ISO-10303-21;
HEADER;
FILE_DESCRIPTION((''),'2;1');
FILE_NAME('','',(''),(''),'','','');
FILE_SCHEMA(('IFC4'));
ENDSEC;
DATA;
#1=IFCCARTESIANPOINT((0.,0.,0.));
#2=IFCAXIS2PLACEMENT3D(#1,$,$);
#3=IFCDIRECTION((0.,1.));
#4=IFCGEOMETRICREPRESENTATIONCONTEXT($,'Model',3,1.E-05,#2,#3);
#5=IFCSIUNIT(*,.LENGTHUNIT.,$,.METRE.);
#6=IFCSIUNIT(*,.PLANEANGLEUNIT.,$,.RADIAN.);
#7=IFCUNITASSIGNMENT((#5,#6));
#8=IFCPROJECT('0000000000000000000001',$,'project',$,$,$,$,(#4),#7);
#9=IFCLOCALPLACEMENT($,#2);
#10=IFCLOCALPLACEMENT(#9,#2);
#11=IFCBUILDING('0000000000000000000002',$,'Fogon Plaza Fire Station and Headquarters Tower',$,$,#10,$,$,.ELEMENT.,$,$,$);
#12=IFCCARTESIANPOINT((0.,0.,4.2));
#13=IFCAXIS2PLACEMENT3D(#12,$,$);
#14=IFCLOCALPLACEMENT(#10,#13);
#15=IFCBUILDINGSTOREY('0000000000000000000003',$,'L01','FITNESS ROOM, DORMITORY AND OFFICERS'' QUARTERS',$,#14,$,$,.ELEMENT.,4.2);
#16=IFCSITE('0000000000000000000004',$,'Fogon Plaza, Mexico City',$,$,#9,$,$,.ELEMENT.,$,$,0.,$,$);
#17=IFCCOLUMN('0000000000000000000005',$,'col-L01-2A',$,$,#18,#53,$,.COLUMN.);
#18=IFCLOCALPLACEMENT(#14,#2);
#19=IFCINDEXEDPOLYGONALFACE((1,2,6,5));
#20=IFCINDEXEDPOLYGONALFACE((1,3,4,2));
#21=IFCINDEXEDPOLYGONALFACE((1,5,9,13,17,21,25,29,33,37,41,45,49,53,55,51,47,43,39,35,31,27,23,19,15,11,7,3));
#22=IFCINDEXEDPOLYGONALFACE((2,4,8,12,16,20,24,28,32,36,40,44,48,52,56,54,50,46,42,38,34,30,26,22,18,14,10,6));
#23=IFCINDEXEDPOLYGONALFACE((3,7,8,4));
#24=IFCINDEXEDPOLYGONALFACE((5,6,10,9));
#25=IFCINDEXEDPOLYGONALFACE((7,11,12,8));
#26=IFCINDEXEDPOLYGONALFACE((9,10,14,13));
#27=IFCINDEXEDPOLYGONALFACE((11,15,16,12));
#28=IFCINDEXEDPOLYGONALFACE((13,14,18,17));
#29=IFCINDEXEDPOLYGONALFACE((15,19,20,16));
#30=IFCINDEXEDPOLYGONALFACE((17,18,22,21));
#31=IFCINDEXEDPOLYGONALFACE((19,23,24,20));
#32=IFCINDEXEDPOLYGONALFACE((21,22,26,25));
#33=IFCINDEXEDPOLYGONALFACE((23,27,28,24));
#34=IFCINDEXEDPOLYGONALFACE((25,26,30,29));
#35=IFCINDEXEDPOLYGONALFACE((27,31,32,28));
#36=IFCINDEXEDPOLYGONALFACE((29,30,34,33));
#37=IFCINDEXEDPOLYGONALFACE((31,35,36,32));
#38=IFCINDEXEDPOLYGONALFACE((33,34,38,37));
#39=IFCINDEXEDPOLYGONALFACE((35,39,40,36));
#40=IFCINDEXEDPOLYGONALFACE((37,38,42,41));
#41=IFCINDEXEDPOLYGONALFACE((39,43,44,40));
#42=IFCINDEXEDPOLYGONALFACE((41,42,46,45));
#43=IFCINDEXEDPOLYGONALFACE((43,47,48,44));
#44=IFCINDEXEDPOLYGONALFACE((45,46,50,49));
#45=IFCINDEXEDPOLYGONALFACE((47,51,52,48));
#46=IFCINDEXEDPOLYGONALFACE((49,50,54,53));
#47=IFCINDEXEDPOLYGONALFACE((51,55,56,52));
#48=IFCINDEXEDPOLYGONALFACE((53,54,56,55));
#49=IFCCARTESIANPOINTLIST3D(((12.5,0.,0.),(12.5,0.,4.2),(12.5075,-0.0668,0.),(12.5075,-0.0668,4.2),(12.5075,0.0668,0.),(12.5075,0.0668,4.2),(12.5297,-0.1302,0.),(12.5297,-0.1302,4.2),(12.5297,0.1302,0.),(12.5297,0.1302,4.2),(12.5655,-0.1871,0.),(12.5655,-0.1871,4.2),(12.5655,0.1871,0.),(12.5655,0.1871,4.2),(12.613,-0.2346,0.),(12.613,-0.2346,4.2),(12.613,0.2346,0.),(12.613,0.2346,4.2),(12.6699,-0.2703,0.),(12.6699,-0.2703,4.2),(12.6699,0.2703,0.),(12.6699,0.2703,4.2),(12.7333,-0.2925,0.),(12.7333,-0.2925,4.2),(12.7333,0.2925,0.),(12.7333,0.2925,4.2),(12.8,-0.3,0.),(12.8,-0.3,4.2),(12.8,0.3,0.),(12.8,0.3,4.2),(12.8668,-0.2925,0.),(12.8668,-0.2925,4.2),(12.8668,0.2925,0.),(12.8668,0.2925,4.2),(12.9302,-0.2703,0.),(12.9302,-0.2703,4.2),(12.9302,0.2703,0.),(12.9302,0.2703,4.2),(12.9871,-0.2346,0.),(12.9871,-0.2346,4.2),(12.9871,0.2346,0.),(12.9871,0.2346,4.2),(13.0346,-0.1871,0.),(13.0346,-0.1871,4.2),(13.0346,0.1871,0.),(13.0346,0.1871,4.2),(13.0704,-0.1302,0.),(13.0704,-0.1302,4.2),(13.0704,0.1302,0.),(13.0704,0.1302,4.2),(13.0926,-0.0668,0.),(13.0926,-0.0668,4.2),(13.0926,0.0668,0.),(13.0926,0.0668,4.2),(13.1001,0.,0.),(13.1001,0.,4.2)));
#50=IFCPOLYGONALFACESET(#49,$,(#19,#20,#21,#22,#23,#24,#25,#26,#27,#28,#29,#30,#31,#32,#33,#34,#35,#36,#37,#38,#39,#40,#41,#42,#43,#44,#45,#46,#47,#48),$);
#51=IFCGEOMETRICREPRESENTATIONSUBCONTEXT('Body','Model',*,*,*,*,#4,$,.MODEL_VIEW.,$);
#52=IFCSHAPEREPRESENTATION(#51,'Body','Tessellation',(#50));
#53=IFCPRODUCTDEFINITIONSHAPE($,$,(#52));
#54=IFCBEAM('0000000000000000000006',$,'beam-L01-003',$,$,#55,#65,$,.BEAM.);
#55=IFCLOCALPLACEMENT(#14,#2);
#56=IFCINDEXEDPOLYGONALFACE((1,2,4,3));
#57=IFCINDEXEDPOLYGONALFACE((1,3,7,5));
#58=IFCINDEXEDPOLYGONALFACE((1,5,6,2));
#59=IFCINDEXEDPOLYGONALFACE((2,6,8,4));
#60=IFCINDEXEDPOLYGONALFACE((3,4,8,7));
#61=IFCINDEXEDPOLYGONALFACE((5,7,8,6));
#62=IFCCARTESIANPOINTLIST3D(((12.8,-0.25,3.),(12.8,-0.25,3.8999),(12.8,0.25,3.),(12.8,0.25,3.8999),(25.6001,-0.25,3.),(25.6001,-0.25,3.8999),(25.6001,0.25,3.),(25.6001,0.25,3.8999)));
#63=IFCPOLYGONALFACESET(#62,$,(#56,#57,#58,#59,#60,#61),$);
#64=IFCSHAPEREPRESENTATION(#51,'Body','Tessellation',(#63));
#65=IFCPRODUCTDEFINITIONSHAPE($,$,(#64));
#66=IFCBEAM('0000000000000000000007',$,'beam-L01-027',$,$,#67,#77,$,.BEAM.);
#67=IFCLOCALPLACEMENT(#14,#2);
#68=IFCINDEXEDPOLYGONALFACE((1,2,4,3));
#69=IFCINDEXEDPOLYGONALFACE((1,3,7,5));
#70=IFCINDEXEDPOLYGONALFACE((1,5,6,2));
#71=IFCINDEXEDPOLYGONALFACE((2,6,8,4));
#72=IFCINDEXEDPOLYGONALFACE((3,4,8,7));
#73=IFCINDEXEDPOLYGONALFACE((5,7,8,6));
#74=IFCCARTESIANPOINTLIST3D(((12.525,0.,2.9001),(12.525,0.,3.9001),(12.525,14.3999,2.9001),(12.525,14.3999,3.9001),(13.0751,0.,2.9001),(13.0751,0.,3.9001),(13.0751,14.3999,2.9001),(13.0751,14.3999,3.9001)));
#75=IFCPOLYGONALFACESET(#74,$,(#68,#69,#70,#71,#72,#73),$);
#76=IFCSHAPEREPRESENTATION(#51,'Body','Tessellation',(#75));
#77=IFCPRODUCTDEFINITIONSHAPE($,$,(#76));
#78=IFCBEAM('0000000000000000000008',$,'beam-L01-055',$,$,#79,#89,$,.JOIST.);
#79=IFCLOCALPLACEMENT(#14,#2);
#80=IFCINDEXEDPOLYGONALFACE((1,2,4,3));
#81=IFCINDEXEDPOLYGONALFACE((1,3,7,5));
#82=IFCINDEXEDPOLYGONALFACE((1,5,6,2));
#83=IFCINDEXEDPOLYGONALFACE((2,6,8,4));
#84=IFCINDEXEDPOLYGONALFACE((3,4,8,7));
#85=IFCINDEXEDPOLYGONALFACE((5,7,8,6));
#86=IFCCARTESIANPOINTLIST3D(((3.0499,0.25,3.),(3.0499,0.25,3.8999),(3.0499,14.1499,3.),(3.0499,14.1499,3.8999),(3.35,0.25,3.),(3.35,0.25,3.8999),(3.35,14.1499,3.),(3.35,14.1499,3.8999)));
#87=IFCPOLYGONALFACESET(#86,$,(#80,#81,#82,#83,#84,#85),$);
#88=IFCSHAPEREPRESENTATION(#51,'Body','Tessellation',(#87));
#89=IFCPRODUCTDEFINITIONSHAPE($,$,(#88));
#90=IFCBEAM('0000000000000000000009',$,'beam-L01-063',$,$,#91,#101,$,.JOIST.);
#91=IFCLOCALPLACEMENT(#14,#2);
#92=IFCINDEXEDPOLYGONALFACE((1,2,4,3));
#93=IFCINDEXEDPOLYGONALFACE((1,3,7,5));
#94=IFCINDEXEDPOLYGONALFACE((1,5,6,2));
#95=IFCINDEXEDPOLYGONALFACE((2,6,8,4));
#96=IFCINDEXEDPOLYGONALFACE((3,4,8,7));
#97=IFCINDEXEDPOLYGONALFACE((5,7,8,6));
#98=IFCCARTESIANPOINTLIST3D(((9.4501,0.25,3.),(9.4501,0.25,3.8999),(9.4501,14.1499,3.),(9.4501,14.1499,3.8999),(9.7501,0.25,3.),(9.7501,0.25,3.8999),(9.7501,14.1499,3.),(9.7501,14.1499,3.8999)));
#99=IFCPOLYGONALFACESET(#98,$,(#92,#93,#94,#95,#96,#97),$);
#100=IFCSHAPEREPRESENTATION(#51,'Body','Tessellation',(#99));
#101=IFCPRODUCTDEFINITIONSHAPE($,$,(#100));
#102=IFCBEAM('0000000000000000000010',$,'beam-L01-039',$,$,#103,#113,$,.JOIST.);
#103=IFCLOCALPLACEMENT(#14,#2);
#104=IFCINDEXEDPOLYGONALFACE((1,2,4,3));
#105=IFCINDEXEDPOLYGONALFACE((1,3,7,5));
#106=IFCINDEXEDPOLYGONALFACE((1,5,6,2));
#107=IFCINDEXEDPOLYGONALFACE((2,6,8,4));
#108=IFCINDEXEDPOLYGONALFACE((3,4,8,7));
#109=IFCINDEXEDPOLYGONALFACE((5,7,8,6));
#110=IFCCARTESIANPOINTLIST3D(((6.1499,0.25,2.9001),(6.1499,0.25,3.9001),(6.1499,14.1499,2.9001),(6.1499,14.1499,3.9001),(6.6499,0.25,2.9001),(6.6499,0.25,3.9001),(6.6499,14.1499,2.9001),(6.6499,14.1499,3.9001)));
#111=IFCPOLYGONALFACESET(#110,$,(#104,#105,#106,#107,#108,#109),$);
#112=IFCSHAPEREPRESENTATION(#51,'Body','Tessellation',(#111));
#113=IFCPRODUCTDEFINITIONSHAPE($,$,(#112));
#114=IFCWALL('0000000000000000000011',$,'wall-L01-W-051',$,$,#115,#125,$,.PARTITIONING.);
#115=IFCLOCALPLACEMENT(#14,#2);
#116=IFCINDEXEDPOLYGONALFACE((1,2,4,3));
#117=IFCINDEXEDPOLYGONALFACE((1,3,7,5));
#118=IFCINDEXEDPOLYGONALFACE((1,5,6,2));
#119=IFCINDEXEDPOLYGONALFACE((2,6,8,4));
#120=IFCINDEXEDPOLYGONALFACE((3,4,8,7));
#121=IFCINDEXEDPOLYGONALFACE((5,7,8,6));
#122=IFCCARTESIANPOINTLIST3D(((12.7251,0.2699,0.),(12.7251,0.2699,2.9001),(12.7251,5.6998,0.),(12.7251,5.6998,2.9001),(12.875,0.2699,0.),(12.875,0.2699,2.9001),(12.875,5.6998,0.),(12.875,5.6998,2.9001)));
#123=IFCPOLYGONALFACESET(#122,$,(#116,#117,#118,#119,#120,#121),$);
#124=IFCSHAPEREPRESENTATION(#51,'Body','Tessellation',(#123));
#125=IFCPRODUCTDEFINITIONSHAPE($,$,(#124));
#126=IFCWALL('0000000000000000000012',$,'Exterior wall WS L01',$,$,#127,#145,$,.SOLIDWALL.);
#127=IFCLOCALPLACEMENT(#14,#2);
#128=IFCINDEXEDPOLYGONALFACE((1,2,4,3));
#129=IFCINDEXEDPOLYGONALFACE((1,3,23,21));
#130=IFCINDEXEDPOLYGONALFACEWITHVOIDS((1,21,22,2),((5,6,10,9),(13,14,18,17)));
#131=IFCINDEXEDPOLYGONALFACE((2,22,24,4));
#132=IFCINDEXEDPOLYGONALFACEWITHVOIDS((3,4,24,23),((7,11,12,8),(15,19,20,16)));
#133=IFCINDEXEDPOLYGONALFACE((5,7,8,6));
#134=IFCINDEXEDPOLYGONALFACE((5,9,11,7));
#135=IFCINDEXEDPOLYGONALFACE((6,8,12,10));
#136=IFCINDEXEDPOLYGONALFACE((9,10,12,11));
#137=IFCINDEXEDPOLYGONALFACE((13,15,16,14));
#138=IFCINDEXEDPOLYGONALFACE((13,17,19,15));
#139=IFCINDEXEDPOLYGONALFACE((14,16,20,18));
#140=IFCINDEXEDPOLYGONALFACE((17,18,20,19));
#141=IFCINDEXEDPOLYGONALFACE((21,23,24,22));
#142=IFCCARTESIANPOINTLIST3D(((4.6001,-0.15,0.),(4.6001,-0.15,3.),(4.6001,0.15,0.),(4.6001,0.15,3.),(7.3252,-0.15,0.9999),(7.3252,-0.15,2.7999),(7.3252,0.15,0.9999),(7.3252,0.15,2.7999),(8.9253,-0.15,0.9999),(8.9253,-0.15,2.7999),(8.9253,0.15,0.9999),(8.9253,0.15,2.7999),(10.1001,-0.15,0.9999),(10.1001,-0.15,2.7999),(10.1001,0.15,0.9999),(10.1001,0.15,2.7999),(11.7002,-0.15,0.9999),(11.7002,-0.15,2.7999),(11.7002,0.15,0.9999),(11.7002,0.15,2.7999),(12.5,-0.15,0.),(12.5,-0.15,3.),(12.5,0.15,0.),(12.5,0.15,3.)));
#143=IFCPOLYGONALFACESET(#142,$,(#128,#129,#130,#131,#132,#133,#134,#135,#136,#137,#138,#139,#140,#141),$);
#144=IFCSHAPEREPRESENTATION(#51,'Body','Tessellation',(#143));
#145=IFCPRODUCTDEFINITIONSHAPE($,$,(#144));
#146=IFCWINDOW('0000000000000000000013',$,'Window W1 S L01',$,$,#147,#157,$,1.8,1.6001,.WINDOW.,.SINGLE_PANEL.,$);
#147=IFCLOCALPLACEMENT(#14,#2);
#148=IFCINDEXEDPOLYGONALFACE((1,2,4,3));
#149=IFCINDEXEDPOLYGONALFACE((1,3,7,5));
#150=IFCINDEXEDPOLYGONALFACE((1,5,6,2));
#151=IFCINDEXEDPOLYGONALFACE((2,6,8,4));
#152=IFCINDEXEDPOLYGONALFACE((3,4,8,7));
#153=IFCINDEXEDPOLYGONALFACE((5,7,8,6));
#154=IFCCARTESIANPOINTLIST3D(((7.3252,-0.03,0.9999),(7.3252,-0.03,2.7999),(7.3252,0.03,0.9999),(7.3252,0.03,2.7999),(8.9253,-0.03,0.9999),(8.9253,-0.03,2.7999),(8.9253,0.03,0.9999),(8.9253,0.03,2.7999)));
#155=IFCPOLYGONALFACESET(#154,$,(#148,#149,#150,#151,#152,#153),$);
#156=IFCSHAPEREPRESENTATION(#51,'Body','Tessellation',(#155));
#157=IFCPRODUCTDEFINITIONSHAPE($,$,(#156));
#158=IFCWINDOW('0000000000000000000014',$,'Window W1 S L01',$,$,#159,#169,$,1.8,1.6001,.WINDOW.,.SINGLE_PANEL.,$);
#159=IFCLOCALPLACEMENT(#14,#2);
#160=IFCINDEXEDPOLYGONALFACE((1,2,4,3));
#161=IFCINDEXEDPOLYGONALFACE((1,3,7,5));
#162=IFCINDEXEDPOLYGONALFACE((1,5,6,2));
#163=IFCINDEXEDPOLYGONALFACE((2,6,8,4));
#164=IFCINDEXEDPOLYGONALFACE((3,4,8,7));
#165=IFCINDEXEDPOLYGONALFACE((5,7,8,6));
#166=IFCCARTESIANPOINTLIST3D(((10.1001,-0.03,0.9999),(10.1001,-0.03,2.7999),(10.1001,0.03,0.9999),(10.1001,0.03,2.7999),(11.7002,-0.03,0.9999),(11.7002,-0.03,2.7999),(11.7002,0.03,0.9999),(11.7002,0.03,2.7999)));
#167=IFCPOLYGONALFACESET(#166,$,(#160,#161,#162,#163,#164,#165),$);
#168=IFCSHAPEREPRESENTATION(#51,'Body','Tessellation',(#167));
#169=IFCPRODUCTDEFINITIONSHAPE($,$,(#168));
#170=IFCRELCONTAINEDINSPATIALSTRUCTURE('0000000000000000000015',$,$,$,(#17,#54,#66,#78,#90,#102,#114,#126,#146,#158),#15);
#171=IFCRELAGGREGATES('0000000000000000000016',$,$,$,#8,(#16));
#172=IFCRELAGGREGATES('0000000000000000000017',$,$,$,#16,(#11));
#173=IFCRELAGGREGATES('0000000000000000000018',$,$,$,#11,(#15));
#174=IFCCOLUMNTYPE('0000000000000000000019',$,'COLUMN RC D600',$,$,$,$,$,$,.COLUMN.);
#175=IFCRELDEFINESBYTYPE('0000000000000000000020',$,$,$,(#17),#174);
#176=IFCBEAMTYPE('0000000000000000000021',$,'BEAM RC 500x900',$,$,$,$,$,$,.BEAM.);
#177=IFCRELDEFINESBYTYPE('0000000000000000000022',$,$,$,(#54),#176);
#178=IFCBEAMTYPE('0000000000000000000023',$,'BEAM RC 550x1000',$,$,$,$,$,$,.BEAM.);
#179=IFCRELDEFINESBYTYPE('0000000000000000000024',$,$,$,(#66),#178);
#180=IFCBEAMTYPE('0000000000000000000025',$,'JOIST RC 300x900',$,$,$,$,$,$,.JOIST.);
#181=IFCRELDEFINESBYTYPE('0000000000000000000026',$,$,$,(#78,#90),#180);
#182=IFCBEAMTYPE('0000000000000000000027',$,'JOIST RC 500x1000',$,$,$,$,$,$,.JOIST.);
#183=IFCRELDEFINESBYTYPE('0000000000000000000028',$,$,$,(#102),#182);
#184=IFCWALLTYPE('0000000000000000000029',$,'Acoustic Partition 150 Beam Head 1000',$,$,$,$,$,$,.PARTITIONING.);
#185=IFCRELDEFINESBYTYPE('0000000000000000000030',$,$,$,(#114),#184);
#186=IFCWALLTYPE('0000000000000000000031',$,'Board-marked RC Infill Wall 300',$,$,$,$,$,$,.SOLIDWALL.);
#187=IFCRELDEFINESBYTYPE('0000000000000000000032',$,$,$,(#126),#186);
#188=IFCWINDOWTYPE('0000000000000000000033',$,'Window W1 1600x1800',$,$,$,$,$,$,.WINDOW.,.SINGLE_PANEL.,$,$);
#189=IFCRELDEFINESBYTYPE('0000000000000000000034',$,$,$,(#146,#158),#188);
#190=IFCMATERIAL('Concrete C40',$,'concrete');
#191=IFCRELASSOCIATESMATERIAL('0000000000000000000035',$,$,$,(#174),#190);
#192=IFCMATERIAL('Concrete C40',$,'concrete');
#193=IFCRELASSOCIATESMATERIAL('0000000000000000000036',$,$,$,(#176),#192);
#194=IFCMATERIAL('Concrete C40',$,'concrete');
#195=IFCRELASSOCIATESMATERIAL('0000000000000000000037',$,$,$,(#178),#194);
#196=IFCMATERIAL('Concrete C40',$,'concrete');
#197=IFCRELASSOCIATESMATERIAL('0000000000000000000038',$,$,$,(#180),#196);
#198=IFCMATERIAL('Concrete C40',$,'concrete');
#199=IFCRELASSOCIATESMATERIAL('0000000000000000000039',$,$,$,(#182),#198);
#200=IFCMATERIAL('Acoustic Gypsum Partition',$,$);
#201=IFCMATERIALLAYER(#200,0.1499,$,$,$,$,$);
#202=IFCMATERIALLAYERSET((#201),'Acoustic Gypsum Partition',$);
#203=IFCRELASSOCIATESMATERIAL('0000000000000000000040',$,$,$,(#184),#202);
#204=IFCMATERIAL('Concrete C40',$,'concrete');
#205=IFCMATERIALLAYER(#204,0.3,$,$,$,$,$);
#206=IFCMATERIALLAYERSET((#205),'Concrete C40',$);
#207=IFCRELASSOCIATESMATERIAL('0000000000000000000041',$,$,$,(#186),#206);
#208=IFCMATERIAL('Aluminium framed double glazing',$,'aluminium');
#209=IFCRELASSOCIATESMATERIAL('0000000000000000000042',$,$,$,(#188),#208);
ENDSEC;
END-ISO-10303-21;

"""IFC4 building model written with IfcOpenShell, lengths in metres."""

from ifc_helpers import new_model, si_unit, direction, frame, frame_2d, origin, origin_2d, place, context, subcontext, project, spatial, rectangle, circle, extrude, material, layer, layer_set, material_profile, profile_set, type_object, element, fill, save


model = new_model("IFC4")

# Units and contexts
model_context = context("Model", 3, precision=1e-05, world=origin(), true_north=direction((0.0, 1.0)))
body_context = subcontext(model_context, "Body", "Model", "MODEL_VIEW")
ifc_project = project(units=[si_unit("LENGTHUNIT", "METRE"), si_unit("PLANEANGLEUNIT", "RADIAN")], contexts=[model_context])

# Site, building, storey
site_placement = place(None, origin())
site = spatial("IfcSite", under=ifc_project, at=site_placement, Name="Fogon Plaza, Mexico City", CompositionType="ELEMENT", RefElevation=0.0)
building_placement = place(site_placement, origin())
building = spatial("IfcBuilding", under=site, at=building_placement, Name="Fogon Plaza Fire Station and Headquarters Tower", CompositionType="ELEMENT")
storey_placement = place(building_placement, frame((0.0, 0.0, 4.2)))
storey = spatial("IfcBuildingStorey", under=building, at=storey_placement, Name="L01", Description="FITNESS ROOM, DORMITORY AND OFFICERS' QUARTERS", CompositionType="ELEMENT", Elevation=4.2)

# Column
ifc_material_1 = material(Name="Concrete C40", Category="concrete")
ifc_material_profile_1 = material_profile(ifc_material_1, circle(Radius=0.3, at=origin_2d()), Name="RC D600")
ifc_profile_set_1 = profile_set([ifc_material_profile_1], Name="Concrete C40")
column_type = type_object("IfcColumnType", Name="COLUMN RC D600", PredefinedType="COLUMN", material=ifc_profile_set_1)
column_placement = place(storey_placement, frame((12.8, 0.0, 0.0), z_axis=(0.0, 0.0, 1.0), x_axis=(1.0, 0.0, 0.0)))
element("IfcColumn", 1, at=column_placement, inside=storey, type_object=column_type, Name="col-L01-2A", PredefinedType="COLUMN", context=body_context, shape_type="SweptSolid", body=[
    extrude(circle(Radius=0.3, at=origin_2d()), origin(), (0.0, 0.0, 1.0), 4.2),
])

# Beams
ifc_material_2 = material(Name="Concrete C40", Category="concrete")
ifc_material_profile_2 = material_profile(ifc_material_2, rectangle(XDim=0.5, YDim=0.8999, at=origin_2d()), Name="RC 500x900")
ifc_profile_set_2 = profile_set([ifc_material_profile_2], Name="Concrete C40")
beam_type_1 = type_object("IfcBeamType", Name="BEAM RC 500x900", PredefinedType="BEAM", material=ifc_profile_set_2)
beam_1_placement = place(storey_placement, frame((12.8, 0.0, 3.45), z_axis=(1.0, 0.0, 0.0), x_axis=(0.0, 1.0, 0.0)))
element("IfcBeam", 2, at=beam_1_placement, inside=storey, type_object=beam_type_1, Name="beam-L01-003", PredefinedType="BEAM", context=body_context, shape_type="SweptSolid", body=[
    extrude(rectangle(XDim=0.5, YDim=0.8999, at=origin_2d()), origin(), (0.0, 0.0, 1.0), 12.8),
])
ifc_material_3 = material(Name="Concrete C40", Category="concrete")
ifc_material_profile_3 = material_profile(ifc_material_3, rectangle(XDim=0.55, YDim=1.0, at=origin_2d()), Name="RC 550x1000")
ifc_profile_set_3 = profile_set([ifc_material_profile_3], Name="Concrete C40")
beam_type_2 = type_object("IfcBeamType", Name="BEAM RC 550x1000", PredefinedType="BEAM", material=ifc_profile_set_3)
beam_2_placement = place(storey_placement, frame((12.8, 0.0, 3.4001), z_axis=(0.0, 1.0, 0.0), x_axis=(-1.0, 0.0, 0.0)))
element("IfcBeam", 3, at=beam_2_placement, inside=storey, type_object=beam_type_2, Name="beam-L01-027", PredefinedType="BEAM", context=body_context, shape_type="SweptSolid", body=[
    extrude(rectangle(XDim=0.55, YDim=1.0, at=origin_2d()), origin(), (0.0, 0.0, 1.0), 14.3999),
])
ifc_material_4 = material(Name="Concrete C40", Category="concrete")
ifc_material_profile_4 = material_profile(ifc_material_4, rectangle(XDim=0.3, YDim=0.8999, at=origin_2d()), Name="RC 300x900")
ifc_profile_set_4 = profile_set([ifc_material_profile_4], Name="Concrete C40")
beam_type_3 = type_object("IfcBeamType", Name="JOIST RC 300x900", PredefinedType="JOIST", material=ifc_profile_set_4)
for number, where, z_axis, x_axis, name in (
    (4, (3.2, 0.25, 3.45), (0.0, 1.0, 0.0), (-1.0, 0.0, 0.0), "beam-L01-055"),
    (5, (9.6001, 0.25, 3.45), (0.0, 1.0, 0.0), (-1.0, 0.0, 0.0), "beam-L01-063"),
):
    element("IfcBeam", number, at=place(storey_placement, frame(where, z_axis=z_axis, x_axis=x_axis)), inside=storey, type_object=beam_type_3, Name=name, PredefinedType="JOIST", context=body_context, shape_type="SweptSolid", body=[
        extrude(rectangle(XDim=0.3, YDim=0.8999, at=origin_2d()), origin(), (0.0, 0.0, 1.0), 13.8999),
    ])
ifc_material_5 = material(Name="Concrete C40", Category="concrete")
ifc_material_profile_5 = material_profile(ifc_material_5, rectangle(XDim=0.5, YDim=1.0, at=origin_2d()), Name="RC 500x1000")
ifc_profile_set_5 = profile_set([ifc_material_profile_5], Name="Concrete C40")
beam_type_4 = type_object("IfcBeamType", Name="JOIST RC 500x1000", PredefinedType="JOIST", material=ifc_profile_set_5)
beam_3_placement = place(storey_placement, frame((6.3999, 0.25, 3.4001), z_axis=(0.0, 1.0, 0.0), x_axis=(-1.0, 0.0, 0.0)))
element("IfcBeam", 6, at=beam_3_placement, inside=storey, type_object=beam_type_4, Name="beam-L01-039", PredefinedType="JOIST", context=body_context, shape_type="SweptSolid", body=[
    extrude(rectangle(XDim=0.5, YDim=1.0, at=origin_2d()), origin(), (0.0, 0.0, 1.0), 13.8999),
])

# Wall
ifc_material_6 = material(Name="Acoustic Gypsum Partition")
ifc_layer_1 = layer(ifc_material_6, 0.1499)
ifc_layer_set_1 = layer_set([ifc_layer_1], Name="Acoustic Gypsum Partition")
wall_type_1 = type_object("IfcWallType", Name="Acoustic Partition 150 Beam Head 1000", PredefinedType="PARTITIONING", material=ifc_layer_set_1)
wall_1_placement = place(storey_placement, frame((12.8, 0.27, 0.0), z_axis=(0.0, 0.0, 1.0), x_axis=(0.0, 1.0, 0.0)))
element("IfcWall", 7, at=wall_1_placement, inside=storey, type_object=wall_type_1, Name="wall-L01-W-051", PredefinedType="PARTITIONING", context=body_context, shape_type="SweptSolid", body=[
    extrude(rectangle(XDim=5.4299, YDim=0.1499, at=frame_2d((2.7148, 0.0))), origin(), (0.0, 0.0, 1.0), 2.9001),
])

# Wall, openings, windows
ifc_material_7 = material(Name="Concrete C40", Category="concrete")
ifc_layer_2 = layer(ifc_material_7, 0.3)
ifc_layer_set_2 = layer_set([ifc_layer_2], Name="Concrete C40")
wall_type_2 = type_object("IfcWallType", Name="Board-marked RC Infill Wall 300", PredefinedType="SOLIDWALL", material=ifc_layer_set_2)
wall_2_placement = place(storey_placement, frame((4.6001, 0.0, 0.0), z_axis=(0.0, 0.0, 1.0), x_axis=(1.0, 0.0, 0.0)))
wall_2 = element("IfcWall", 8, at=wall_2_placement, inside=storey, type_object=wall_type_2, Name="Exterior wall WS L01", PredefinedType="SOLIDWALL", context=body_context, shape_type="SweptSolid", body=[
    extrude(rectangle(XDim=7.8999, YDim=0.3, at=frame_2d((3.95, 0.0))), origin(), (0.0, 0.0, 1.0), 3.0),
])
opening_1_placement = place(wall_2_placement, frame((2.7251, 0.0, 1.0)))
opening_1 = element("IfcOpeningElement", 9, at=opening_1_placement, cuts=wall_2, PredefinedType="OPENING", context=body_context, shape_type="SweptSolid", body=[
    extrude(rectangle(XDim=1.6001, YDim=1.8, at=frame_2d((0.8, 0.8999))), frame((0.0, 0.1599, 0.0), z_axis=(0.0, -1.0, 0.0), x_axis=(1.0, 0.0, 0.0)), (0.0, 0.0, 1.0), 0.3201),
])
opening_2_placement = place(wall_2_placement, frame((5.5, 0.0, 1.0)))
opening_2 = element("IfcOpeningElement", 10, at=opening_2_placement, cuts=wall_2, PredefinedType="OPENING", context=body_context, shape_type="SweptSolid", body=[
    extrude(rectangle(XDim=1.6001, YDim=1.8, at=frame_2d((0.8, 0.8999))), frame((0.0, 0.1599, 0.0), z_axis=(0.0, -1.0, 0.0), x_axis=(1.0, 0.0, 0.0)), (0.0, 0.0, 1.0), 0.3201),
])
ifc_material_8 = material(Name="Aluminium framed double glazing", Category="aluminium")
window_type = type_object("IfcWindowType", Name="Window W1 1600x1800", PartitioningType="SINGLE_PANEL", PredefinedType="WINDOW", material=ifc_material_8)
window_1_placement = place(opening_1_placement, origin())
window_1 = element("IfcWindow", 11, at=window_1_placement, inside=storey, type_object=window_type, Name="Window W1 S L01", OverallHeight=1.8, OverallWidth=1.6001, PartitioningType="SINGLE_PANEL", PredefinedType="WINDOW", context=body_context, shape_type="SweptSolid", body=[
    extrude(rectangle(XDim=1.6001, YDim=1.8, at=frame_2d((0.8, 0.8999))), frame((0.0, 0.03, 0.0), z_axis=(0.0, -1.0, 0.0), x_axis=(1.0, 0.0, 0.0)), (0.0, 0.0, 1.0), 0.0601),
])
fill(opening_1, window_1)
window_2_placement = place(opening_2_placement, origin())
window_2 = element("IfcWindow", 12, at=window_2_placement, inside=storey, type_object=window_type, Name="Window W1 S L01", OverallHeight=1.8, OverallWidth=1.6001, PartitioningType="SINGLE_PANEL", PredefinedType="WINDOW", context=body_context, shape_type="SweptSolid", body=[
    extrude(rectangle(XDim=1.6001, YDim=1.8, at=frame_2d((0.8, 0.8999))), frame((0.0, 0.03, 0.0), z_axis=(0.0, -1.0, 0.0), x_axis=(1.0, 0.0, 0.0)), (0.0, 0.0, 1.0), 0.0601),
])
fill(opening_2, window_2)

save(model, "model.ifc")
